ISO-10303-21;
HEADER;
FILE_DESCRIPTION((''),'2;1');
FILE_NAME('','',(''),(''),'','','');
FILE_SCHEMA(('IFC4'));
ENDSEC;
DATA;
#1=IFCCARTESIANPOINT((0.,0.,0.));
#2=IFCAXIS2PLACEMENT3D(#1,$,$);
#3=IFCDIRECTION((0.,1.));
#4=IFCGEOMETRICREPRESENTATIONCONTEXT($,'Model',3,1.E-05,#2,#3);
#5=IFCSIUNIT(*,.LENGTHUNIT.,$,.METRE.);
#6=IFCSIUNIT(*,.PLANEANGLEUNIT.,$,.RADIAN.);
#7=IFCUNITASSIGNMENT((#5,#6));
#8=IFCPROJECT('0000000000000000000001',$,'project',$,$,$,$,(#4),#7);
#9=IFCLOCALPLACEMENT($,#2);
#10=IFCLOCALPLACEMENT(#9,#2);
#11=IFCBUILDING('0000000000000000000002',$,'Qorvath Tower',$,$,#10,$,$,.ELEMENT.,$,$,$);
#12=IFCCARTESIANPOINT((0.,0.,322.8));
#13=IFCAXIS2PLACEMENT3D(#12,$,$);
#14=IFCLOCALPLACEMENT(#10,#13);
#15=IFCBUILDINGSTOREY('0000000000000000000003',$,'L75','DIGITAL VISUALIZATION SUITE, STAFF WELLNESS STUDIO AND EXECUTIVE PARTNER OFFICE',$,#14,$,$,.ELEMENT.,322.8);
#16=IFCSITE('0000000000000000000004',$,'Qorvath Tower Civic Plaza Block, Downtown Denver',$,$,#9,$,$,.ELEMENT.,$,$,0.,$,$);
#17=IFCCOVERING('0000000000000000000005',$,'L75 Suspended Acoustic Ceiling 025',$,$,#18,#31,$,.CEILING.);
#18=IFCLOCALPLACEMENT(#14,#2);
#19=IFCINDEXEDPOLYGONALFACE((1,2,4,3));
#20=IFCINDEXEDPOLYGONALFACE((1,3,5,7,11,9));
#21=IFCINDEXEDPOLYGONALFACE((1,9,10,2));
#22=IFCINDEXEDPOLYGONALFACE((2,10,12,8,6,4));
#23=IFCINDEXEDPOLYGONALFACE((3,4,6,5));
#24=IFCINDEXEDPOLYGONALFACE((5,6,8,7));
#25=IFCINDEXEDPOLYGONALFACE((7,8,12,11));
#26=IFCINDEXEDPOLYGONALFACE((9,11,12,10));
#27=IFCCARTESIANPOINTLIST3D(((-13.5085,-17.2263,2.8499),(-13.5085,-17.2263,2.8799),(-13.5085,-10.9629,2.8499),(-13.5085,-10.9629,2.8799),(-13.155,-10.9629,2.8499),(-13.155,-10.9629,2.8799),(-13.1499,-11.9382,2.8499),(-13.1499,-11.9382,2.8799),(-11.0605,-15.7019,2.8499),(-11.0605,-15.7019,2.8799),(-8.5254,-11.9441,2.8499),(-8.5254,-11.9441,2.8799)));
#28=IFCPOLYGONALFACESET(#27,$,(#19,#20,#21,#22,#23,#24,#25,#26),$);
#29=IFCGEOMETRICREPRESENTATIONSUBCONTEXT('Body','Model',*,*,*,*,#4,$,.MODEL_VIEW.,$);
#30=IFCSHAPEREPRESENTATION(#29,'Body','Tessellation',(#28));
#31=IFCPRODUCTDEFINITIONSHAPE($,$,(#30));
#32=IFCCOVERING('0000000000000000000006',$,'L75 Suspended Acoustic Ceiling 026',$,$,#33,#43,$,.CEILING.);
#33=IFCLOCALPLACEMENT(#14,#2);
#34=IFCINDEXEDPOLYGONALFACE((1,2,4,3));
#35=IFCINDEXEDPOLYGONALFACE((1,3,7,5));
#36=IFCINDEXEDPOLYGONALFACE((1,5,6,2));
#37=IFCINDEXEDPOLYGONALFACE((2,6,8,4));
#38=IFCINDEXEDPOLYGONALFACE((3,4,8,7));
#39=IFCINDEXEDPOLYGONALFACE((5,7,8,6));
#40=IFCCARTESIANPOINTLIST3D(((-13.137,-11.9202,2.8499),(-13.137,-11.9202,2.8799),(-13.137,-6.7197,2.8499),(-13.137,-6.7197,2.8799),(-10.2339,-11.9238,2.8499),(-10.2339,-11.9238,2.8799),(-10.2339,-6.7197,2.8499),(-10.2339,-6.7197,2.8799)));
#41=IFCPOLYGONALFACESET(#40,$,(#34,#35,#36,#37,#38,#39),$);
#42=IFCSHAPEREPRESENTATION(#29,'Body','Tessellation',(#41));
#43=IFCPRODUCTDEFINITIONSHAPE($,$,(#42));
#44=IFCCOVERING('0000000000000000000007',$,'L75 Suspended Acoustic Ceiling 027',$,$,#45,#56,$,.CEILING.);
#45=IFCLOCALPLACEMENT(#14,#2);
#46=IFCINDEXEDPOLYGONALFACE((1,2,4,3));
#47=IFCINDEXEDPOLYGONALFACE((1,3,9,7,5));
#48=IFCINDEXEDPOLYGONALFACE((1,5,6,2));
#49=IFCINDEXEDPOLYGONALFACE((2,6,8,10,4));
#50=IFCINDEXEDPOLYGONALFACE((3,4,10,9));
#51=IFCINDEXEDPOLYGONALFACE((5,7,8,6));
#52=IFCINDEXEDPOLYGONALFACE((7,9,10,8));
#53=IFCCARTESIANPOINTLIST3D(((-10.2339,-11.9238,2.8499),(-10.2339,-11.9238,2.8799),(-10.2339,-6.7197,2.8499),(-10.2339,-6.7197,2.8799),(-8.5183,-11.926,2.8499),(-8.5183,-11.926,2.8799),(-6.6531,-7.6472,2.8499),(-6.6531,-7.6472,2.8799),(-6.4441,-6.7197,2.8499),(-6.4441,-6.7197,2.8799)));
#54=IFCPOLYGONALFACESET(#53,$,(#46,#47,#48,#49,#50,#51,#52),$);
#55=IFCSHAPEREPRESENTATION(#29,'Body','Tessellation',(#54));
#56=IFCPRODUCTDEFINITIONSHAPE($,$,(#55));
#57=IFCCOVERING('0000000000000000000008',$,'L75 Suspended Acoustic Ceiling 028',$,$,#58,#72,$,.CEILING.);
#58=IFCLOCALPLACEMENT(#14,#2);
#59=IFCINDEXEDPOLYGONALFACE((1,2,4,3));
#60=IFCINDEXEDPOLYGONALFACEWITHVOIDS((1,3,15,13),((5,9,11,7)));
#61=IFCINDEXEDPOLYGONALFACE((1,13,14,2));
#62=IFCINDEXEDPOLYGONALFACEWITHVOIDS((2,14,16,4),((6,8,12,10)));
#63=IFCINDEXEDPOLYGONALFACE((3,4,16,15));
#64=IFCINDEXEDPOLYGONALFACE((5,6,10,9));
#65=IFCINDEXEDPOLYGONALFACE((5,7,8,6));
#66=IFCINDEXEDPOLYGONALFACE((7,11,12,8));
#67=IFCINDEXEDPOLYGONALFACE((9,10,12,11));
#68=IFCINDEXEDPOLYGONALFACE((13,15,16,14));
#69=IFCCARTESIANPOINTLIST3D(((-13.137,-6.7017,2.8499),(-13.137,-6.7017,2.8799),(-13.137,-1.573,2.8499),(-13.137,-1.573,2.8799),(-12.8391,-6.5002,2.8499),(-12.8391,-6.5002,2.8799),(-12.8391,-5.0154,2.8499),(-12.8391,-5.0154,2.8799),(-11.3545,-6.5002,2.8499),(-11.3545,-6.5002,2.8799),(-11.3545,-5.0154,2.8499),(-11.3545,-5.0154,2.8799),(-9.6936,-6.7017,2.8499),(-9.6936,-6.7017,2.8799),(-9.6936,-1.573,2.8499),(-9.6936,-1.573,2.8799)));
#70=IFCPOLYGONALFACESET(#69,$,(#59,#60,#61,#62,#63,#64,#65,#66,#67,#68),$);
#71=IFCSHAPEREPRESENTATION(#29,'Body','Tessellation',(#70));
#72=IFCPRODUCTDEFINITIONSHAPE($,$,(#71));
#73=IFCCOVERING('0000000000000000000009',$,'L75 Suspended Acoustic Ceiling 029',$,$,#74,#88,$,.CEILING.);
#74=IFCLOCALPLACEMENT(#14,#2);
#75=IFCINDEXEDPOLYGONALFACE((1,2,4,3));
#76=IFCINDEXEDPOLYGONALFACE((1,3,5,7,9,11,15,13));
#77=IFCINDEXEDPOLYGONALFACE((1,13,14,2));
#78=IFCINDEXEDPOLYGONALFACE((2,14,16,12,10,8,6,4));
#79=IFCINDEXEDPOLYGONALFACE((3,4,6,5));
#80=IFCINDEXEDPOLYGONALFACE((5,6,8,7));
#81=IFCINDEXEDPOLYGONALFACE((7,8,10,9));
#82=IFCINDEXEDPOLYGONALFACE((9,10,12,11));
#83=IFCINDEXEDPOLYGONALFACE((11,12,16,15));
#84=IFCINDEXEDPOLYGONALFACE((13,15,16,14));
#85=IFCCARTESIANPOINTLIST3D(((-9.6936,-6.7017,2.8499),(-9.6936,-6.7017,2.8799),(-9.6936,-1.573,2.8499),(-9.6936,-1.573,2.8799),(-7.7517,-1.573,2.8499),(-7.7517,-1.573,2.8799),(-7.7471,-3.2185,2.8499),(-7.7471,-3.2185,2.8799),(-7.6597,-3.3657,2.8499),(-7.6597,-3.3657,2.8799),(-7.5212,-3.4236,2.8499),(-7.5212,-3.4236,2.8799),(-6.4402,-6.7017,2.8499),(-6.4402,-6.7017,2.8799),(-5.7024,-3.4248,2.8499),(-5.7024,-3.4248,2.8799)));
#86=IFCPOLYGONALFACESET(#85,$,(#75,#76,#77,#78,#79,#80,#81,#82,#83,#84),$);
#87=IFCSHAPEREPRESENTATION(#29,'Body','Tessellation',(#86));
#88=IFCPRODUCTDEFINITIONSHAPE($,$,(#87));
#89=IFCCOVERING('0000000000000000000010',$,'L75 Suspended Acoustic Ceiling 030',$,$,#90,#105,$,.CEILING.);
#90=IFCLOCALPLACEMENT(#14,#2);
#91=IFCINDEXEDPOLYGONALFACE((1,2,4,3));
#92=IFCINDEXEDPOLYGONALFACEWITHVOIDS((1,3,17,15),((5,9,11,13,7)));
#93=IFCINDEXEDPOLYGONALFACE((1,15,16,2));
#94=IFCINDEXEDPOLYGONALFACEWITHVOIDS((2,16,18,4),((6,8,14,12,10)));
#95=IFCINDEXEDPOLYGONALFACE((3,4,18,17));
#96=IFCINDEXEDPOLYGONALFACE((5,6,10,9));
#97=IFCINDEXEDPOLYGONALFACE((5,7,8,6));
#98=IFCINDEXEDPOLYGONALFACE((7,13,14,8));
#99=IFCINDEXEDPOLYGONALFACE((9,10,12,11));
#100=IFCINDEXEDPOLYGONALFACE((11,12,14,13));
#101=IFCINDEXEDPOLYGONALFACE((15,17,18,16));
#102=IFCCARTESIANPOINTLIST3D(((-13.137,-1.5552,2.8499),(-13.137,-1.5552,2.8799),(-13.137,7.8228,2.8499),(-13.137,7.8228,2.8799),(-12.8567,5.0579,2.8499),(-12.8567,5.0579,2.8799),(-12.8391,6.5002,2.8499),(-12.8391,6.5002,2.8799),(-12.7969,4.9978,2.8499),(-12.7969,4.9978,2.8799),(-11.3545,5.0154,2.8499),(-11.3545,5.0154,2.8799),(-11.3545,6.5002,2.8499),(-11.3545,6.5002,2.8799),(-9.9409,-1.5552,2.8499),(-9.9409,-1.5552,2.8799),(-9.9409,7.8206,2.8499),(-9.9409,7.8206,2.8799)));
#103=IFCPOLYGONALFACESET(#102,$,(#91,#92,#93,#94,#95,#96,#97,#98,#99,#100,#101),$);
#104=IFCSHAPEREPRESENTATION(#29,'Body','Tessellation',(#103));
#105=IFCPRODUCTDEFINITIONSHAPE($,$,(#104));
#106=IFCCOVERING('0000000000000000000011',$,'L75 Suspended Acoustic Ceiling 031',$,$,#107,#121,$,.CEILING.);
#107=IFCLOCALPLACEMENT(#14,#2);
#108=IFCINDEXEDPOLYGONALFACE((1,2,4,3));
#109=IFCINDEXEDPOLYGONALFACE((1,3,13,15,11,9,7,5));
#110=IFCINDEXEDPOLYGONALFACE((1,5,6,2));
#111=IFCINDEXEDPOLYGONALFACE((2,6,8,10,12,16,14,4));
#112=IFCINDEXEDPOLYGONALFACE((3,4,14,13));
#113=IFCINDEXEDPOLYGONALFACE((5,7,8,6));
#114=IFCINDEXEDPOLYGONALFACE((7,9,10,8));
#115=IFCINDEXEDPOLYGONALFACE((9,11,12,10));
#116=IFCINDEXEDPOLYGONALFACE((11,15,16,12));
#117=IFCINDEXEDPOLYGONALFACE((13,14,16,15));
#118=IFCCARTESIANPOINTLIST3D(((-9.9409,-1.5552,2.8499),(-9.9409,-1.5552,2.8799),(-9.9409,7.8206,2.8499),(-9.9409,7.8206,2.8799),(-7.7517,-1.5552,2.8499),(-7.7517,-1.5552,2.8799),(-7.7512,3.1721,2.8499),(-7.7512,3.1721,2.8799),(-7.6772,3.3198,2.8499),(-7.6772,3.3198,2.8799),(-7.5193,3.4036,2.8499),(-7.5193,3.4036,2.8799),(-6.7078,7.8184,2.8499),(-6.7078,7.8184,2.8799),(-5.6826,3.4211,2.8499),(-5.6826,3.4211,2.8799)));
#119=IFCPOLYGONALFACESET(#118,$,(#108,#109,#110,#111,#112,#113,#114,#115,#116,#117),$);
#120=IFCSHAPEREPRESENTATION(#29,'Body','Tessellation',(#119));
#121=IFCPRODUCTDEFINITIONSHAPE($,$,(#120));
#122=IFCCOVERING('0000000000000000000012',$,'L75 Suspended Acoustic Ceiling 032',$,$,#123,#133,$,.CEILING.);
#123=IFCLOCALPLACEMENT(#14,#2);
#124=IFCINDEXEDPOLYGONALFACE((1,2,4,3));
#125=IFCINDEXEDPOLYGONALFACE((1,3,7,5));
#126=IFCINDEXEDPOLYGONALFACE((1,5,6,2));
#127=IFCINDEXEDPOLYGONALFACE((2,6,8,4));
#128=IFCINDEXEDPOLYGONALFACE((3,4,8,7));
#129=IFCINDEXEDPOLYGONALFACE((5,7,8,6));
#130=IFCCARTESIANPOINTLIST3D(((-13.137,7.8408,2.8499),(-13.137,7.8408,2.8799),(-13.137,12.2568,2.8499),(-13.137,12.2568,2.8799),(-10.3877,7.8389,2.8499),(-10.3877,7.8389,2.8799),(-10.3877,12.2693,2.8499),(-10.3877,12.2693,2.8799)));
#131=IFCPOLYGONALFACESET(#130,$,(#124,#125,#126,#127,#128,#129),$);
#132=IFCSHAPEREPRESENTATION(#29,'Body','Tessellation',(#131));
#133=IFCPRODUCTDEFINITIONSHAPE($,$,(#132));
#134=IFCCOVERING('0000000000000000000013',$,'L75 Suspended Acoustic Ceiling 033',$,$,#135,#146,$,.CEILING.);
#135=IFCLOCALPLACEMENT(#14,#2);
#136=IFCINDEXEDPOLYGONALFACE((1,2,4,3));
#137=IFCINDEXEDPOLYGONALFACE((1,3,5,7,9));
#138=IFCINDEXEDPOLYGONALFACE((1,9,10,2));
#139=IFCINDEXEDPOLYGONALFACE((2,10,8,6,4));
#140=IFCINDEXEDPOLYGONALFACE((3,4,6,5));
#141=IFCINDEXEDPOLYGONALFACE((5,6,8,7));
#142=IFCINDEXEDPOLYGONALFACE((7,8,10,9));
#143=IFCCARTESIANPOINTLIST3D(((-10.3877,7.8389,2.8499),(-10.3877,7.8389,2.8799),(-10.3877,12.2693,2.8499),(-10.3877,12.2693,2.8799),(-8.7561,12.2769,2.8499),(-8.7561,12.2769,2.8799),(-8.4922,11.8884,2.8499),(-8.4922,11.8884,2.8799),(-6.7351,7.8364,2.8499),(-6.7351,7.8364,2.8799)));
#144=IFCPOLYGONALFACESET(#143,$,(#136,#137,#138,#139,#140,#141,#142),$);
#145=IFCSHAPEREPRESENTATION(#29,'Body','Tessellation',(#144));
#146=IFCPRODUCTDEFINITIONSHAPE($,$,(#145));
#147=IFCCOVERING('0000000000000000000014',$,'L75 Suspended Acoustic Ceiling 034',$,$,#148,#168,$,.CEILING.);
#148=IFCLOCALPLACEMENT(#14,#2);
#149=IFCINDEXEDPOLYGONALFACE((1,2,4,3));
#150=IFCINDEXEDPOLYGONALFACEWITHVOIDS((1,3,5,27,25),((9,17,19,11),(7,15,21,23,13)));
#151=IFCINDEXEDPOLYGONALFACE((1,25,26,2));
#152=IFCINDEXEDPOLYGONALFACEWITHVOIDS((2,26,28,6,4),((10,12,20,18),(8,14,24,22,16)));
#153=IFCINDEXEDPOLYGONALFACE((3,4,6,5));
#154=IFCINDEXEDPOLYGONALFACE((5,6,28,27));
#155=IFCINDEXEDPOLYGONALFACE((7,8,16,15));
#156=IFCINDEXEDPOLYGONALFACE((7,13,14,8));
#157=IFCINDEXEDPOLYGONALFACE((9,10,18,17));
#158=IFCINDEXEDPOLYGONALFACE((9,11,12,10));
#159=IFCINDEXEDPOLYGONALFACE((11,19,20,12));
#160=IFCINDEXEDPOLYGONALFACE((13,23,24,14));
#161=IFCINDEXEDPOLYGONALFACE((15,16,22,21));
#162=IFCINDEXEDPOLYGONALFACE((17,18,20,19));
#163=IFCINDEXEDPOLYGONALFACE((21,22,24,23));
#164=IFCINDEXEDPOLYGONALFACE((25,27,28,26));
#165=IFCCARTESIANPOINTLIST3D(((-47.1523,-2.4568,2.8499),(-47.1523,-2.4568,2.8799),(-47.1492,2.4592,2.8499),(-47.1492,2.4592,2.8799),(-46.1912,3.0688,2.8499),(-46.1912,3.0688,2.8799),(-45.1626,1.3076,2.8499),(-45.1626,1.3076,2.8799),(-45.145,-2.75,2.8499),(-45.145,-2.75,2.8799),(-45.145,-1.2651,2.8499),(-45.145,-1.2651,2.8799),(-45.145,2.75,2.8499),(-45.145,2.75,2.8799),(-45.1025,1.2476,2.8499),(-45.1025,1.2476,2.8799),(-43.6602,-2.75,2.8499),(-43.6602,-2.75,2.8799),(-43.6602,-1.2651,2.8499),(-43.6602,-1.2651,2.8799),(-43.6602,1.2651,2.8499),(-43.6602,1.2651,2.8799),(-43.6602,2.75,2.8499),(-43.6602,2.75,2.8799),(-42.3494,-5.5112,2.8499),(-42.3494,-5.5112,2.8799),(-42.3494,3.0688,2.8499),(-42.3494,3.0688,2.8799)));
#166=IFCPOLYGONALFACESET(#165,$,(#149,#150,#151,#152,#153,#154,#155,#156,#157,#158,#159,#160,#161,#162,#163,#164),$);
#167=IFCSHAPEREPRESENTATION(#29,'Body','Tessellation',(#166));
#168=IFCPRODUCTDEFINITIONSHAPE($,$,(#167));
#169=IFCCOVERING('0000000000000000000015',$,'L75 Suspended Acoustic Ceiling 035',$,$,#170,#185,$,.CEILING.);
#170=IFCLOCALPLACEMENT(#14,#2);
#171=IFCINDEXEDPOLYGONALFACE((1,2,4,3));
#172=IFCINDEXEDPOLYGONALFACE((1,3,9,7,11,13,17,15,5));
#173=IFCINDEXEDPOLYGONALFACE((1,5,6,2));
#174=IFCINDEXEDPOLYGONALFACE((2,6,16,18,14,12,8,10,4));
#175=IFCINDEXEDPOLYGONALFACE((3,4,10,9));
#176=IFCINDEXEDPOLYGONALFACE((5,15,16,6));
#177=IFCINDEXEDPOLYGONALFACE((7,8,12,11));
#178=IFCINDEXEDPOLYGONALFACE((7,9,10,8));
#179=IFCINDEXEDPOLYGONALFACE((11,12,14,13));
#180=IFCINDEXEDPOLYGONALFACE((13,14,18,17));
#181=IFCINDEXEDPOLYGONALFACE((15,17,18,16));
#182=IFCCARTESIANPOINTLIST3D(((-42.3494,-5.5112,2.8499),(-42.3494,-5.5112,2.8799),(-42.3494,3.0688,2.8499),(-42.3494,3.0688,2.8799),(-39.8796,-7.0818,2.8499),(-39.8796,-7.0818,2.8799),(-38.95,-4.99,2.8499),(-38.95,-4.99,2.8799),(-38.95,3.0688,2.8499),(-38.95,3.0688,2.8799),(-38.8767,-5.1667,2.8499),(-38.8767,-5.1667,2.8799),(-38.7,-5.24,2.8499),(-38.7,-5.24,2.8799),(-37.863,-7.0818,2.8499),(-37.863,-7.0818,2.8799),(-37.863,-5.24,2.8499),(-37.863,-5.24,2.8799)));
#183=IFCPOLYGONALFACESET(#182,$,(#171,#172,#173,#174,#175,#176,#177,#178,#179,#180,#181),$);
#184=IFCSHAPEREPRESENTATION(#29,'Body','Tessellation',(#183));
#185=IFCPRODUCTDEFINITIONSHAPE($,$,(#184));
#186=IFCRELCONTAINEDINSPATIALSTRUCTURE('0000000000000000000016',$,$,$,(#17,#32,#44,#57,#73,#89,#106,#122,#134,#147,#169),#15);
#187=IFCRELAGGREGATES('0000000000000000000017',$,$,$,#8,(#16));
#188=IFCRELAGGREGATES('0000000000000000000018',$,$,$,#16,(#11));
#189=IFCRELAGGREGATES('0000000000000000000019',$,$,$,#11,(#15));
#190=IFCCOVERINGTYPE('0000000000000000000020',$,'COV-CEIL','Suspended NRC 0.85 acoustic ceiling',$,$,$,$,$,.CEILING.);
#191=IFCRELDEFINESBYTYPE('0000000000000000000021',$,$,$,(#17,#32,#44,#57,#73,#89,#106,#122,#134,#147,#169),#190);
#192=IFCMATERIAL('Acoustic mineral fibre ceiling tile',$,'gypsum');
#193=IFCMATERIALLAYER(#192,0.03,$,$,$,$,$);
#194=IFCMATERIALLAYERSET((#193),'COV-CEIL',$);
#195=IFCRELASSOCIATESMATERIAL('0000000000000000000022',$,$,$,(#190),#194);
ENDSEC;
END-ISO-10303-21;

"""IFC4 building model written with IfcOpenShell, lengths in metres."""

from ifc_helpers import new_model, si_unit, direction, frame, origin, place, context, subcontext, project, spatial, polyline, outline, extrude, material, layer, layer_set, type_object, element, save


model = new_model("IFC4")

# Units and contexts
model_context = context("Model", 3, precision=1e-05, world=origin(), true_north=direction((0.0, 1.0)))
body_context = subcontext(model_context, "Body", "Model", "MODEL_VIEW")
ifc_project = project(units=[si_unit("LENGTHUNIT", "METRE"), si_unit("PLANEANGLEUNIT", "RADIAN")], contexts=[model_context])

# Site, building, storey
site_placement = place(None, origin())
site = spatial("IfcSite", under=ifc_project, at=site_placement, Name="Qorvath Tower Civic Plaza Block, Downtown Denver", CompositionType="ELEMENT", RefElevation=0.0)
building_placement = place(site_placement, origin())
building = spatial("IfcBuilding", under=site, at=building_placement, Name="Qorvath Tower", CompositionType="ELEMENT")
storey_placement = place(building_placement, frame((0.0, 0.0, 322.8)))
storey = spatial("IfcBuildingStorey", under=building, at=storey_placement, Name="L75", Description="DIGITAL VISUALIZATION SUITE, STAFF WELLNESS STUDIO AND EXECUTIVE PARTNER OFFICE", CompositionType="ELEMENT", Elevation=322.8)

# Coverings
ifc_material_1 = material(Name="Acoustic mineral fibre ceiling tile", Category="gypsum")
ifc_layer_1 = layer(ifc_material_1, 0.03)
ifc_layer_set_1 = layer_set([ifc_layer_1], Name="COV-CEIL")
covering_type_1 = type_object("IfcCoveringType", Name="COV-CEIL", Description="Suspended NRC 0.85 acoustic ceiling", PredefinedType="CEILING", material=ifc_layer_set_1)
covering_1_placement = place(storey_placement, frame((0.0, 0.0, 2.8499)))
element("IfcCovering", 1, at=covering_1_placement, inside=storey, type_object=covering_type_1, Name="L75 Suspended Acoustic Ceiling 025", PredefinedType="CEILING", context=body_context, shape_type="SweptSolid", body=[
    extrude(outline(polyline([(-13.155, -10.9629), (-13.5085, -10.9629), (-13.5085, -17.2263), (-11.0605, -15.7019), (-8.5254, -11.9441), (-13.1499, -11.9382), (-13.155, -10.9629)])), origin(), (0.0, 0.0, 1.0), 0.03),
])
covering_2_placement = place(storey_placement, frame((0.0, 0.0, 2.8499)))
element("IfcCovering", 2, at=covering_2_placement, inside=storey, type_object=covering_type_1, Name="L75 Suspended Acoustic Ceiling 026", PredefinedType="CEILING", context=body_context, shape_type="SweptSolid", body=[
    extrude(outline(polyline([(-13.137, -11.9202), (-10.2339, -11.9238), (-10.2339, -6.7197), (-13.137, -6.7197), (-13.137, -11.9202)])), origin(), (0.0, 0.0, 1.0), 0.03),
])
covering_3_placement = place(storey_placement, frame((0.0, 0.0, 2.8499)))
element("IfcCovering", 3, at=covering_3_placement, inside=storey, type_object=covering_type_1, Name="L75 Suspended Acoustic Ceiling 027", PredefinedType="CEILING", context=body_context, shape_type="SweptSolid", body=[
    extrude(outline(polyline([(-10.2339, -6.7197), (-10.2339, -11.9238), (-8.5183, -11.926), (-6.6531, -7.6472), (-6.4441, -6.7197), (-10.2339, -6.7197)])), origin(), (0.0, 0.0, 1.0), 0.03),
])
covering_4_placement = place(storey_placement, frame((0.0, 0.0, 2.8499)))
element("IfcCovering", 4, at=covering_4_placement, inside=storey, type_object=covering_type_1, Name="L75 Suspended Acoustic Ceiling 028", PredefinedType="CEILING", context=body_context, shape_type="SweptSolid", body=[
    extrude(outline(polyline([(-9.6936, -6.7017), (-9.6936, -1.573), (-13.137, -1.573), (-13.137, -6.7017), (-9.6936, -6.7017)]), holes=[polyline([(-12.8391, -6.5002), (-12.8391, -5.0154), (-11.3545, -5.0154), (-11.3545, -6.5002), (-12.8391, -6.5002)])]), origin(), (0.0, 0.0, 1.0), 0.03),
])
covering_5_placement = place(storey_placement, frame((0.0, 0.0, 2.8499)))
element("IfcCovering", 5, at=covering_5_placement, inside=storey, type_object=covering_type_1, Name="L75 Suspended Acoustic Ceiling 029", PredefinedType="CEILING", context=body_context, shape_type="SweptSolid", body=[
    extrude(outline(polyline([(-7.6597, -3.3657), (-7.7471, -3.2185), (-7.7517, -1.573), (-9.6936, -1.573), (-9.6936, -6.7017), (-6.4402, -6.7017), (-5.7024, -3.4248), (-7.5212, -3.4236), (-7.6597, -3.3657)])), origin(), (0.0, 0.0, 1.0), 0.03),
])
covering_6_placement = place(storey_placement, frame((0.0, 0.0, 2.8499)))
element("IfcCovering", 6, at=covering_6_placement, inside=storey, type_object=covering_type_1, Name="L75 Suspended Acoustic Ceiling 030", PredefinedType="CEILING", context=body_context, shape_type="SweptSolid", body=[
    extrude(outline(polyline([(-9.9409, -1.5552), (-9.9409, 7.8206), (-13.137, 7.8228), (-13.137, -1.5552), (-9.9409, -1.5552)]), holes=[polyline([(-12.7969, 4.9978), (-12.8567, 5.0579), (-12.8391, 6.5002), (-11.3545, 6.5002), (-11.3545, 5.0154), (-12.7969, 4.9978)])]), origin(), (0.0, 0.0, 1.0), 0.03),
])
covering_7_placement = place(storey_placement, frame((0.0, 0.0, 2.8499)))
element("IfcCovering", 7, at=covering_7_placement, inside=storey, type_object=covering_type_1, Name="L75 Suspended Acoustic Ceiling 031", PredefinedType="CEILING", context=body_context, shape_type="SweptSolid", body=[
    extrude(outline(polyline([(-7.7517, -1.5552), (-7.7512, 3.1721), (-7.6772, 3.3198), (-7.5193, 3.4036), (-5.6826, 3.4211), (-6.7078, 7.8184), (-9.9409, 7.8206), (-9.9409, -1.5552), (-7.7517, -1.5552)])), origin(), (0.0, 0.0, 1.0), 0.03),
])
covering_8_placement = place(storey_placement, frame((0.0, 0.0, 2.8499)))
element("IfcCovering", 8, at=covering_8_placement, inside=storey, type_object=covering_type_1, Name="L75 Suspended Acoustic Ceiling 032", PredefinedType="CEILING", context=body_context, shape_type="SweptSolid", body=[
    extrude(outline(polyline([(-13.137, 12.2568), (-13.137, 7.8408), (-10.3877, 7.8389), (-10.3877, 12.2693), (-13.137, 12.2568)])), origin(), (0.0, 0.0, 1.0), 0.03),
])
covering_9_placement = place(storey_placement, frame((0.0, 0.0, 2.8499)))
element("IfcCovering", 9, at=covering_9_placement, inside=storey, type_object=covering_type_1, Name="L75 Suspended Acoustic Ceiling 033", PredefinedType="CEILING", context=body_context, shape_type="SweptSolid", body=[
    extrude(outline(polyline([(-10.3877, 12.2693), (-10.3877, 7.8389), (-6.7351, 7.8364), (-8.4922, 11.8884), (-8.7561, 12.2769), (-10.3877, 12.2693)])), origin(), (0.0, 0.0, 1.0), 0.03),
])
covering_10_placement = place(storey_placement, frame((0.0, 0.0, 2.8499)))
element("IfcCovering", 10, at=covering_10_placement, inside=storey, type_object=covering_type_1, Name="L75 Suspended Acoustic Ceiling 034", PredefinedType="CEILING", context=body_context, shape_type="SweptSolid", body=[
    extrude(outline(polyline([(-47.1492, 2.4592), (-47.1523, -2.4568), (-42.3494, -5.5112), (-42.3494, 3.0688), (-46.1912, 3.0688), (-47.1492, 2.4592)]), holes=[polyline([(-45.145, -2.75), (-45.145, -1.2651), (-43.6602, -1.2651), (-43.6602, -2.75), (-45.145, -2.75)]), polyline([(-45.1025, 1.2476), (-45.1626, 1.3076), (-45.145, 2.75), (-43.6602, 2.75), (-43.6602, 1.2651), (-45.1025, 1.2476)])]), origin(), (0.0, 0.0, 1.0), 0.03),
])
covering_11_placement = place(storey_placement, frame((0.0, 0.0, 2.8499)))
element("IfcCovering", 11, at=covering_11_placement, inside=storey, type_object=covering_type_1, Name="L75 Suspended Acoustic Ceiling 035", PredefinedType="CEILING", context=body_context, shape_type="SweptSolid", body=[
    extrude(outline(polyline([(-42.3494, 3.0688), (-42.3494, -5.5112), (-39.8796, -7.0818), (-37.863, -7.0818), (-37.863, -5.24), (-38.7, -5.24), (-38.8767, -5.1667), (-38.95, -4.99), (-38.95, 3.0688), (-42.3494, 3.0688)])), origin(), (0.0, 0.0, 1.0), 0.03),
])

save(model, "model.ifc")
